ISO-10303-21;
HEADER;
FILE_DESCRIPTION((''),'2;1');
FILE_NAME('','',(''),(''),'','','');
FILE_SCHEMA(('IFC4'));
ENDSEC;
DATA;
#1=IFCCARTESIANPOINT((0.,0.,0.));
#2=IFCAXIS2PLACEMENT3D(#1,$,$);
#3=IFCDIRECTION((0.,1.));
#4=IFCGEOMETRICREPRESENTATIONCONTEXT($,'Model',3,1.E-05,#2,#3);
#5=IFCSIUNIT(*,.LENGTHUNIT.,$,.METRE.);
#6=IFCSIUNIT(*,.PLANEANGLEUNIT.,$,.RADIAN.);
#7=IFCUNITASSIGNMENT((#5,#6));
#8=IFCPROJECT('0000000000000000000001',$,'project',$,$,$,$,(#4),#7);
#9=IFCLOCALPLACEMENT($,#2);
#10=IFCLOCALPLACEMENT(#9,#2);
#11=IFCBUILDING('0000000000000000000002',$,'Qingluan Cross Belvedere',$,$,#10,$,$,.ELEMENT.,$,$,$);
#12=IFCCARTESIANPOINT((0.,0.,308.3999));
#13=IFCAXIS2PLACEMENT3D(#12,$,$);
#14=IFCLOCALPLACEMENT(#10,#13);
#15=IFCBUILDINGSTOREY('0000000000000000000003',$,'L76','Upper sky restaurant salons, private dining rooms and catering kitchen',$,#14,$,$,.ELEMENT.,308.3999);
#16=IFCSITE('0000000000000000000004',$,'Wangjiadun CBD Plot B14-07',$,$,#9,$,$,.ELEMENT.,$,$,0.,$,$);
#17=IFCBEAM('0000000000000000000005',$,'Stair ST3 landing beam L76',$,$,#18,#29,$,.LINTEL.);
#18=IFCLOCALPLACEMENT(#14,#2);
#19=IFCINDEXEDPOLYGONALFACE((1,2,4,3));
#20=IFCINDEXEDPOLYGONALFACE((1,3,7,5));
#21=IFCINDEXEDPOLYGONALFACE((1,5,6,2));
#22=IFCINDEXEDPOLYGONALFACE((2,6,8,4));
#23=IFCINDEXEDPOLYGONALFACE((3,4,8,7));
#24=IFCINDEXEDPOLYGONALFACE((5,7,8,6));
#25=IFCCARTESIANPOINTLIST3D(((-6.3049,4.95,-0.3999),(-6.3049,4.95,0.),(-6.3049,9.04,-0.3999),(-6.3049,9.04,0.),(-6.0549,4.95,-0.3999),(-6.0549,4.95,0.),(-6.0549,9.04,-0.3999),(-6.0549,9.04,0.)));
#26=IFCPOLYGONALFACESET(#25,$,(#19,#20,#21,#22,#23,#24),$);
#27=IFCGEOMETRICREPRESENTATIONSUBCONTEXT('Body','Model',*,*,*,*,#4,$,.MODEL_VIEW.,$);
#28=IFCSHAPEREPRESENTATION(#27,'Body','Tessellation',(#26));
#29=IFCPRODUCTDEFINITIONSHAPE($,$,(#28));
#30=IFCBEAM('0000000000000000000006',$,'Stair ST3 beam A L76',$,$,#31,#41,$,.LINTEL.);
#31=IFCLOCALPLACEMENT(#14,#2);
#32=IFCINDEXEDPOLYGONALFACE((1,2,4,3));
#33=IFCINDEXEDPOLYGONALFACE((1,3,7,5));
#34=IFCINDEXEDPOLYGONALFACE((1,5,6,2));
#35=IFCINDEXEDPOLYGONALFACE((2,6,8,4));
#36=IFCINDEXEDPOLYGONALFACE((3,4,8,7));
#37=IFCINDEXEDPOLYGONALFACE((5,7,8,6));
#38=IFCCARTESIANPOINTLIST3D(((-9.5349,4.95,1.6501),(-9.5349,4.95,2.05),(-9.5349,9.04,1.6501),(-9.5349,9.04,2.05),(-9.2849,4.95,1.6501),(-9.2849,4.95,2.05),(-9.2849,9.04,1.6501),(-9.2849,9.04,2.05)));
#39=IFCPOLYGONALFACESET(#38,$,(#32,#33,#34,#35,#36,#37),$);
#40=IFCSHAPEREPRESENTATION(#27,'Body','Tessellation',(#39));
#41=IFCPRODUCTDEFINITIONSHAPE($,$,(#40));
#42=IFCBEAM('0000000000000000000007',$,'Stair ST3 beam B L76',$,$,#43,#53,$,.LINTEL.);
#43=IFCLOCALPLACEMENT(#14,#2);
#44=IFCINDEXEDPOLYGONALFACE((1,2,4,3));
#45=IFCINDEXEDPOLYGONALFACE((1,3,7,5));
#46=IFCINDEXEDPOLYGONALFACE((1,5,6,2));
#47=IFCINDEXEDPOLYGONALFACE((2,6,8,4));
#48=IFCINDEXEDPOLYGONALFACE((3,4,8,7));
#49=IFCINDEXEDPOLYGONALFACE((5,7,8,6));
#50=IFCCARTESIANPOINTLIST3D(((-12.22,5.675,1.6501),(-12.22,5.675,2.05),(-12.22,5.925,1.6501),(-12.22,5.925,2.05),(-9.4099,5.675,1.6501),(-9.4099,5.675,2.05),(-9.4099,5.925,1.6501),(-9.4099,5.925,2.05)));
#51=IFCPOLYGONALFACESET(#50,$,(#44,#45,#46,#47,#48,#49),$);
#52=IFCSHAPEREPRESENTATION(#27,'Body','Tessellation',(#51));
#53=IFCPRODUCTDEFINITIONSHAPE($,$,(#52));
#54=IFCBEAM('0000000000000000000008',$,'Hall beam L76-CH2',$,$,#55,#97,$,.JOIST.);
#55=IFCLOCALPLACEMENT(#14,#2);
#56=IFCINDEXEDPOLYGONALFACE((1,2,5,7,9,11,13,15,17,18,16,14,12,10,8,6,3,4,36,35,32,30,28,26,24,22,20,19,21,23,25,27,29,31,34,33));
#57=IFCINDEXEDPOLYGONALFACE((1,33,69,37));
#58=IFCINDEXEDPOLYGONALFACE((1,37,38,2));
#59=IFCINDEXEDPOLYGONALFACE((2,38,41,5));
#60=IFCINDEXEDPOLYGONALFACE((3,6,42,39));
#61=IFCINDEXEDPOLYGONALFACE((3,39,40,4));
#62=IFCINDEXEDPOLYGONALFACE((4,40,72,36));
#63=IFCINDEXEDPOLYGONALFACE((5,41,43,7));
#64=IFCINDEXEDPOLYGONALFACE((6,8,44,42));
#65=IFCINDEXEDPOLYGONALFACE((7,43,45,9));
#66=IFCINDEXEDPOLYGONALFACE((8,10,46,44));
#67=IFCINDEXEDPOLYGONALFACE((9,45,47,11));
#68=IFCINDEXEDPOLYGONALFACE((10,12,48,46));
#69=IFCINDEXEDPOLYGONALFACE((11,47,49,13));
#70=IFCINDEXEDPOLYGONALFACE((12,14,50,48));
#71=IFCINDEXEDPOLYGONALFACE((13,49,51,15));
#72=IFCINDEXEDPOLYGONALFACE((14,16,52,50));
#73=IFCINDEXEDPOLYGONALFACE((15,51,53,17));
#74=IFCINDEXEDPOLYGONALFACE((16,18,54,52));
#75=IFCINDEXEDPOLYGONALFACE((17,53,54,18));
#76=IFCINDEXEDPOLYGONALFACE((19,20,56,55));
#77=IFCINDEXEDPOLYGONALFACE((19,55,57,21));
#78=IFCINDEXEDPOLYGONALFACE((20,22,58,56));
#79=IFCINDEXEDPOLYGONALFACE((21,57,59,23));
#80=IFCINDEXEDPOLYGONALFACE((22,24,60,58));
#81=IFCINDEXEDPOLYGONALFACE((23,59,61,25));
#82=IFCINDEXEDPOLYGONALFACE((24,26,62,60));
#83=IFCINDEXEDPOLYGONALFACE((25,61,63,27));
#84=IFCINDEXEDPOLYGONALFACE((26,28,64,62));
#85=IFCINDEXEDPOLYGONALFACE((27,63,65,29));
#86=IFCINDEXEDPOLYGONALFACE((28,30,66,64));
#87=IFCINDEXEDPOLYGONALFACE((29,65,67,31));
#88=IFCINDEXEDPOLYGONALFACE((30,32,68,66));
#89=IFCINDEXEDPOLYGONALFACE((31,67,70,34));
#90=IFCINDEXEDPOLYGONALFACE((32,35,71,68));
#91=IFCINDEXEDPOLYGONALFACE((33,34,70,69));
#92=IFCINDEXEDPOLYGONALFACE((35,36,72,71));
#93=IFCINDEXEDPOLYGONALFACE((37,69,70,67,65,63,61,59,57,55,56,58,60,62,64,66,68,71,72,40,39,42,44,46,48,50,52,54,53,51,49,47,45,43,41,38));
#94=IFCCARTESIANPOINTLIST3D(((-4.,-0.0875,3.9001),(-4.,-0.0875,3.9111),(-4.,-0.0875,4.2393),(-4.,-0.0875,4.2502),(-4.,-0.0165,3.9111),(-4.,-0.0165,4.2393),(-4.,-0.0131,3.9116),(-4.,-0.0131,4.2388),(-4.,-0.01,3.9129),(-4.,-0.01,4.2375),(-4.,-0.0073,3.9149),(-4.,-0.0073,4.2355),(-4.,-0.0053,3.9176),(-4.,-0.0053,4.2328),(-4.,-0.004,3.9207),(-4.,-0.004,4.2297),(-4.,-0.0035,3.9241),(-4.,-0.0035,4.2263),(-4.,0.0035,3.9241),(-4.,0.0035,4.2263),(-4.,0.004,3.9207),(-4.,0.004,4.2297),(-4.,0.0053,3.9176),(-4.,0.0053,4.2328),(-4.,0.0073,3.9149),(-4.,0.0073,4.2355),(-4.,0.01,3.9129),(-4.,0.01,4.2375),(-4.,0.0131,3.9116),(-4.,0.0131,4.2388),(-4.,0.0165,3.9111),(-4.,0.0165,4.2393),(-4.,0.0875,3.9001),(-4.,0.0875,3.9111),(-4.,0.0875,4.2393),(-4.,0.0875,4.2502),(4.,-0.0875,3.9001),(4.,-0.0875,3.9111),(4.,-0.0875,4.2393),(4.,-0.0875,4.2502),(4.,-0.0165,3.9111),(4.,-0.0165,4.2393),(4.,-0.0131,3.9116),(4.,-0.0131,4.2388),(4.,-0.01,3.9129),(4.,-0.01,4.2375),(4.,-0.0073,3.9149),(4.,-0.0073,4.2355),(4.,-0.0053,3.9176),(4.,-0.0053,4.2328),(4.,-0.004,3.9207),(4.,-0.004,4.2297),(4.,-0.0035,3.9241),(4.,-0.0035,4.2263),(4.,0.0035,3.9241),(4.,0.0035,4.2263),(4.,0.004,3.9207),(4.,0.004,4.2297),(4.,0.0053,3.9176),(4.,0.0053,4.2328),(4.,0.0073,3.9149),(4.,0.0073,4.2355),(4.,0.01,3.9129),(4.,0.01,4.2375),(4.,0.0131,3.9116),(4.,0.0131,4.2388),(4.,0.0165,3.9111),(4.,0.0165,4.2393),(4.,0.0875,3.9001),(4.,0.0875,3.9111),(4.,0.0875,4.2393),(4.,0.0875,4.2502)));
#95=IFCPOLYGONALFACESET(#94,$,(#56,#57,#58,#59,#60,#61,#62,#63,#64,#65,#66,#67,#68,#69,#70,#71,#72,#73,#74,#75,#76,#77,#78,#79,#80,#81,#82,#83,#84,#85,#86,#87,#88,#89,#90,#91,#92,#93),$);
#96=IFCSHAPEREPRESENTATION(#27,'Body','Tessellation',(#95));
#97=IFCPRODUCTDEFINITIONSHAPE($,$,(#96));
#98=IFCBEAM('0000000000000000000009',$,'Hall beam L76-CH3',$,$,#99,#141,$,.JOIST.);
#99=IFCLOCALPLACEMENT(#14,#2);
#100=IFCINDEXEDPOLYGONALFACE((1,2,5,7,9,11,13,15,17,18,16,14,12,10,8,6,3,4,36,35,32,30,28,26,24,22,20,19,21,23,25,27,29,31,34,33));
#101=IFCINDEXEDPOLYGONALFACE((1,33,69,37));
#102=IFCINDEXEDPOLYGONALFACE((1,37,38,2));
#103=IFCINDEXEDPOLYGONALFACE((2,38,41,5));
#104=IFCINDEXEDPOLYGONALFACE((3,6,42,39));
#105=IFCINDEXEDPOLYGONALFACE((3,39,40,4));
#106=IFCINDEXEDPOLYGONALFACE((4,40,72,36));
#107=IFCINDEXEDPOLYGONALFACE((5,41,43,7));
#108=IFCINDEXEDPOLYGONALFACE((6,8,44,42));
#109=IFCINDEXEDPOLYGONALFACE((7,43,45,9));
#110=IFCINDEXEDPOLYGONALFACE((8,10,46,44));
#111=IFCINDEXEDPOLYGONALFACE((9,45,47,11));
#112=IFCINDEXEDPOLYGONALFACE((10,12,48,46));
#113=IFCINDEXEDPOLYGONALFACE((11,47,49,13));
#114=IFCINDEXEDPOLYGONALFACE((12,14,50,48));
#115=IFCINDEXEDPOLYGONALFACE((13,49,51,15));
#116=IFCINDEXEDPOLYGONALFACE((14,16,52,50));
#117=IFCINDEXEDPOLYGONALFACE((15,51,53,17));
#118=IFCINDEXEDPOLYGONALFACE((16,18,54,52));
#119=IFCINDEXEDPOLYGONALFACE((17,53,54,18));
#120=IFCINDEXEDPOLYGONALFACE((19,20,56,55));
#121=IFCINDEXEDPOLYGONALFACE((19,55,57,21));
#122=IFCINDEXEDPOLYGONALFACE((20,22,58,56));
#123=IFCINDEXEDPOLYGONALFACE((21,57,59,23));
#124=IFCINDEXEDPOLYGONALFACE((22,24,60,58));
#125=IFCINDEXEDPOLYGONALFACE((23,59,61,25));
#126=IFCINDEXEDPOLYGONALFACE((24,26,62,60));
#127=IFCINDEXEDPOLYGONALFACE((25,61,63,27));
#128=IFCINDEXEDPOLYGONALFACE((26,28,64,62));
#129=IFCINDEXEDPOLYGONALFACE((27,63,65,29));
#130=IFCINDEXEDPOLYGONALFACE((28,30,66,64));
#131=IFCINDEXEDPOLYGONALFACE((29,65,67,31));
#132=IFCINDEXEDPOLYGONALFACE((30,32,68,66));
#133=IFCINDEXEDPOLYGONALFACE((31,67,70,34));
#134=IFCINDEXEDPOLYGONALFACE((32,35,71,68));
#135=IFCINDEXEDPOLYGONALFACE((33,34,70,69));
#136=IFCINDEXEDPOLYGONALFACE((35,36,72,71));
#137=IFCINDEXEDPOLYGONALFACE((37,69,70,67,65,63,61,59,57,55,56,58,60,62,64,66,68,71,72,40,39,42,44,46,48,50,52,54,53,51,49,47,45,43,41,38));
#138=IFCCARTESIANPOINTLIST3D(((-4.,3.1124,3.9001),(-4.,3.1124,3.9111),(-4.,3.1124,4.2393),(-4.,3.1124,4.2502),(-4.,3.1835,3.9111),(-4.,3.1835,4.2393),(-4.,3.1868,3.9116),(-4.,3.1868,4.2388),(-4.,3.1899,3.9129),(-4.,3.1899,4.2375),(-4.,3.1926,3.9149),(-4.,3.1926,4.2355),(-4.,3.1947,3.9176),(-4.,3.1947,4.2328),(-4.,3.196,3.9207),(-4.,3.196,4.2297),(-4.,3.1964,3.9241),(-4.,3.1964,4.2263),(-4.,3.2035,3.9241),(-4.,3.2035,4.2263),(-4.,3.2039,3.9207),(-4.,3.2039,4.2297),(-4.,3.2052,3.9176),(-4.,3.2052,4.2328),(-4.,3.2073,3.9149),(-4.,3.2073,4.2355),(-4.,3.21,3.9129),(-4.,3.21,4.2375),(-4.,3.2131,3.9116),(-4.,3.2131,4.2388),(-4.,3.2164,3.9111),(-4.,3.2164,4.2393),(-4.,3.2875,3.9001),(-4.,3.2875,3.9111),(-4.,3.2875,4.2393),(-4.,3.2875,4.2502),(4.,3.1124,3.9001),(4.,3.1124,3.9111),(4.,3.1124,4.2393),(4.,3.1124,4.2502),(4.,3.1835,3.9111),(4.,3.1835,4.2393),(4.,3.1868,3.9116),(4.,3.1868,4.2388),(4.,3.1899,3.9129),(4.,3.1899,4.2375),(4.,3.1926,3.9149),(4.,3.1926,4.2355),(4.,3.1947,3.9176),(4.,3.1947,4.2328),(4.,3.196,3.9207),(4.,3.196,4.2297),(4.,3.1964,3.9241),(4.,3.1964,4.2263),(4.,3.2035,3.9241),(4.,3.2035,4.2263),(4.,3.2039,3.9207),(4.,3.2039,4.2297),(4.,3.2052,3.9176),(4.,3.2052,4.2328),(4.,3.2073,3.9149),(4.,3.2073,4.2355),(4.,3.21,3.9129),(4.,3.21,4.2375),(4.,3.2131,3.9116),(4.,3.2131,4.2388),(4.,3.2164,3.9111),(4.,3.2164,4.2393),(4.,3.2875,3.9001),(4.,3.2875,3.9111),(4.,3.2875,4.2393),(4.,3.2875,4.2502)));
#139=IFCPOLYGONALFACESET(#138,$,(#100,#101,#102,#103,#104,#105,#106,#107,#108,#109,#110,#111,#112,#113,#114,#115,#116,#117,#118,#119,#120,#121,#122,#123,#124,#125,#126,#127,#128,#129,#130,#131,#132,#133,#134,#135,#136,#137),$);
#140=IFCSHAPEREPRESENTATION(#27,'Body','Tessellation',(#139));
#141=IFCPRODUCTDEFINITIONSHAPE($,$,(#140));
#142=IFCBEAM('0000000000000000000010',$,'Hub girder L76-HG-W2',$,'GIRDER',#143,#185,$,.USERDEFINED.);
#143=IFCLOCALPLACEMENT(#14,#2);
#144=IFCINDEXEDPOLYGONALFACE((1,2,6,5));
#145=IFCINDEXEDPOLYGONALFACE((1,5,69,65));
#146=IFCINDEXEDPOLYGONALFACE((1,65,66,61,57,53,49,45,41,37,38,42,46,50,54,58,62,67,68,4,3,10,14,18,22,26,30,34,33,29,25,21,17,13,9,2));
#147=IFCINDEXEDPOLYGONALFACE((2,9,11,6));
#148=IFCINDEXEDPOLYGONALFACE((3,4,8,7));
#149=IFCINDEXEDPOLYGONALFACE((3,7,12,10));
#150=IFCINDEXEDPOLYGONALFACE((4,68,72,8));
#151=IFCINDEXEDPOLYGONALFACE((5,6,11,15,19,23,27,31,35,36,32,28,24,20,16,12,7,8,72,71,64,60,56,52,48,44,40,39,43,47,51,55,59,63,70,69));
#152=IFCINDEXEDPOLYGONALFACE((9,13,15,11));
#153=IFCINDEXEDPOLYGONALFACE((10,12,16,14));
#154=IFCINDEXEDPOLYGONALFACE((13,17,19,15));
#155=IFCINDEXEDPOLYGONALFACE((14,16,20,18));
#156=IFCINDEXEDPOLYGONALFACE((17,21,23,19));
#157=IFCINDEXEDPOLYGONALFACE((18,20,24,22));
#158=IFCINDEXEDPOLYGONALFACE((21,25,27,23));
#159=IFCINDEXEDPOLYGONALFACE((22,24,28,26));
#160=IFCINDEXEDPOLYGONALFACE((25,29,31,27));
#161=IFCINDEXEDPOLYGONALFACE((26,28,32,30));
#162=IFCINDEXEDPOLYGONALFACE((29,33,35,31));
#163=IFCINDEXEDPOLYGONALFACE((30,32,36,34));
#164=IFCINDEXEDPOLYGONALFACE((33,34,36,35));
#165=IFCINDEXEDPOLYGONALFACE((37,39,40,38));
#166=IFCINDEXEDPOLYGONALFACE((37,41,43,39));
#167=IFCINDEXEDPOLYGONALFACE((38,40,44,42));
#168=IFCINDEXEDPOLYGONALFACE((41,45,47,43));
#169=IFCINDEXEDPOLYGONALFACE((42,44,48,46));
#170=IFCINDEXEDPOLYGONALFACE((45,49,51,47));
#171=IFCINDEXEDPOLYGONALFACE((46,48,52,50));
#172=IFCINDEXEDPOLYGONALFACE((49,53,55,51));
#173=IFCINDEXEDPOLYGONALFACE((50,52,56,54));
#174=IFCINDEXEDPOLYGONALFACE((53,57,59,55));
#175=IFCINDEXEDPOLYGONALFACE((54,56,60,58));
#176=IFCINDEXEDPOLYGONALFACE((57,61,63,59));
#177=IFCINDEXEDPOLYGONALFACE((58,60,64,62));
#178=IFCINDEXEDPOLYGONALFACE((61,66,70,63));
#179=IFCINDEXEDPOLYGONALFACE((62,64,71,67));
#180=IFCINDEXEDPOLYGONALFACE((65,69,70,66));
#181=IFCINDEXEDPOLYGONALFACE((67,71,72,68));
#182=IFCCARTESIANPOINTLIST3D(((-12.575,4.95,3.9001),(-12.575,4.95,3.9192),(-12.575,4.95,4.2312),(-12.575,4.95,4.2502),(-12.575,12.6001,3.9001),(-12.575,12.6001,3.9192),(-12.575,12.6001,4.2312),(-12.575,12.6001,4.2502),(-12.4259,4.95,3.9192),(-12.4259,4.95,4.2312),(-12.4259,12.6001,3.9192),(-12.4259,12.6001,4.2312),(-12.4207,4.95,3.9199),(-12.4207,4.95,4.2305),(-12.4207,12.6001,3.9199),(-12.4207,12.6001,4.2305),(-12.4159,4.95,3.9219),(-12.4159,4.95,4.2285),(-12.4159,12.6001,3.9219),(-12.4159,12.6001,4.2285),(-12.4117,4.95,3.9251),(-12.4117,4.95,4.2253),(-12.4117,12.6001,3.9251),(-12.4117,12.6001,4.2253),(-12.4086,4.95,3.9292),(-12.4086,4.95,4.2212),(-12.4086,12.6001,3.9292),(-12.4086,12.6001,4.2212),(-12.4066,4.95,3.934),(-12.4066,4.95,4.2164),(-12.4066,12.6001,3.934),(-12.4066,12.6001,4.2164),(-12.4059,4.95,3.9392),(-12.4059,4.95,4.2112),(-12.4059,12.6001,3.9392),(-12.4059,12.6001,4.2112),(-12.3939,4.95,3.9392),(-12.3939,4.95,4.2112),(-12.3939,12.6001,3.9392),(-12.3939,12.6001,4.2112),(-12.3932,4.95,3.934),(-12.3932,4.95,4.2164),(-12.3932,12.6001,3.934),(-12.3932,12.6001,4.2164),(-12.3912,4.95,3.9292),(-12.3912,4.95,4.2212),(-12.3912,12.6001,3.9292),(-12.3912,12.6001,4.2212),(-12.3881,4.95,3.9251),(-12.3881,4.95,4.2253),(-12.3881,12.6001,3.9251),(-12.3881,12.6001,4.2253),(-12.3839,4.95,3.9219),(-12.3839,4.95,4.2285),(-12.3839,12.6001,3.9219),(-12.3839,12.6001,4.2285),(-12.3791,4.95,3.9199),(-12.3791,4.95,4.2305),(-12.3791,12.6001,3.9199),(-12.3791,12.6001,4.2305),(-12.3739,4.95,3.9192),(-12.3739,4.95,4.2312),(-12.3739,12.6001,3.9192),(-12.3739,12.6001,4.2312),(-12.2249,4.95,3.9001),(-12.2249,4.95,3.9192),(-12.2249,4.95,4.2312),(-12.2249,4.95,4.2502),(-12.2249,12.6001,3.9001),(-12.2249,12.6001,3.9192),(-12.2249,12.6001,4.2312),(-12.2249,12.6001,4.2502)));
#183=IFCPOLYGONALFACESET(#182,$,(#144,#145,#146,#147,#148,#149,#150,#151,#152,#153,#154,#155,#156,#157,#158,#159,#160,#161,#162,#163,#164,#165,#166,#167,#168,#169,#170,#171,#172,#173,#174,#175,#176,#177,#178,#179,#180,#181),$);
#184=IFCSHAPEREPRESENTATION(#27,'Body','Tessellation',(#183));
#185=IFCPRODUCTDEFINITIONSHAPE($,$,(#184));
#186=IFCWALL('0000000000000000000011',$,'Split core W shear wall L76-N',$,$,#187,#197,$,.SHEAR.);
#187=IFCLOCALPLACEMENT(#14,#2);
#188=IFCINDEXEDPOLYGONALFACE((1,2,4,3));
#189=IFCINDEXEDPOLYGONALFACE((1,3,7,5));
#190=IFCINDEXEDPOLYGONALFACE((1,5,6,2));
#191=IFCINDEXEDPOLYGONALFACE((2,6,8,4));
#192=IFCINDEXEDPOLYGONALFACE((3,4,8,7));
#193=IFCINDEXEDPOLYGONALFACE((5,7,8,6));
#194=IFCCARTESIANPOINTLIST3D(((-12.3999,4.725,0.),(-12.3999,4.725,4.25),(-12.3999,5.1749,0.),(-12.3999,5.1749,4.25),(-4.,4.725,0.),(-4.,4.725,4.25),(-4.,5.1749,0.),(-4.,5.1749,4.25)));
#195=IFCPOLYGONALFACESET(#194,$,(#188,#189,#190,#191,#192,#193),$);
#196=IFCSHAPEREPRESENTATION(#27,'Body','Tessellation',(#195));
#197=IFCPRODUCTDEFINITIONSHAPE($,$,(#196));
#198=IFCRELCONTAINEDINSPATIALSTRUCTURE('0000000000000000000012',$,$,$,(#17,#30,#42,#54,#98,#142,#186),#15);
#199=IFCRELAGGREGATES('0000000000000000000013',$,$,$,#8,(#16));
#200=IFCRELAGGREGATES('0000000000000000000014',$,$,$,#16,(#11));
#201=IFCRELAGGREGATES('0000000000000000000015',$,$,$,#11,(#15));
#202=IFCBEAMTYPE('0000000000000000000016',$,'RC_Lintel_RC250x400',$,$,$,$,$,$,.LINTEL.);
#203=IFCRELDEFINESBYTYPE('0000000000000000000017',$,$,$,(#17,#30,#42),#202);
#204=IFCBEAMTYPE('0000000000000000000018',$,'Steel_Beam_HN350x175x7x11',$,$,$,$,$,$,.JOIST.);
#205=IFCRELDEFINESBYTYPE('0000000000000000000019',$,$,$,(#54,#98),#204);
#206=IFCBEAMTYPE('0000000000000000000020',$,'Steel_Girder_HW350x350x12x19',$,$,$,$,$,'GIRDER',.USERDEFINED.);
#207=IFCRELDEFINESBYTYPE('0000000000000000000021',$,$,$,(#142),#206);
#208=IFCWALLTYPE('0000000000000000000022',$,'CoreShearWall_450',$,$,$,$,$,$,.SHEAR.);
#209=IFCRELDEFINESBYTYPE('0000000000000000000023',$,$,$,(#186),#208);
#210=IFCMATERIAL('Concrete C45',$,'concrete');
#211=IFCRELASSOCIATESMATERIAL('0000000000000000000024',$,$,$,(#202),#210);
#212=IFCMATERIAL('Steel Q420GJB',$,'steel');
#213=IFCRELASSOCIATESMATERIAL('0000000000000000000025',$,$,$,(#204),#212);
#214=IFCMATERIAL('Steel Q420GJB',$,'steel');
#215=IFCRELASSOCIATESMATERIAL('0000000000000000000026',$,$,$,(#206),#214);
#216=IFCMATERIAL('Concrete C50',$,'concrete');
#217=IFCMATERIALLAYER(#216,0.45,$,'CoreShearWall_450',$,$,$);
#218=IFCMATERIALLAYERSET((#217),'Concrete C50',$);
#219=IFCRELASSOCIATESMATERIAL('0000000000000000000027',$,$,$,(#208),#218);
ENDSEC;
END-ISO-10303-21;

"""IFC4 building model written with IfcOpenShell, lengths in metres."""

from ifc_helpers import new_model, si_unit, direction, frame, frame_2d, origin, origin_2d, place, context, subcontext, project, spatial, rectangle, i_section, extrude, material, layer, layer_set, material_profile, profile_set, type_object, element, save


model = new_model("IFC4")

# Units and contexts
model_context = context("Model", 3, precision=1e-05, world=origin(), true_north=direction((0.0, 1.0)))
body_context = subcontext(model_context, "Body", "Model", "MODEL_VIEW")
ifc_project = project(units=[si_unit("LENGTHUNIT", "METRE"), si_unit("PLANEANGLEUNIT", "RADIAN")], contexts=[model_context])

# Site, building, storey
site_placement = place(None, origin())
site = spatial("IfcSite", under=ifc_project, at=site_placement, Name="Wangjiadun CBD Plot B14-07", CompositionType="ELEMENT", RefElevation=0.0)
building_placement = place(site_placement, origin())
building = spatial("IfcBuilding", under=site, at=building_placement, Name="Qingluan Cross Belvedere", CompositionType="ELEMENT")
storey_placement = place(building_placement, frame((0.0, 0.0, 308.3999)))
storey = spatial("IfcBuildingStorey", under=building, at=storey_placement, Name="L76", Description="Upper sky restaurant salons, private dining rooms and catering kitchen", CompositionType="ELEMENT", Elevation=308.3999)

# Beams
ifc_material_1 = material(Name="Concrete C45", Category="concrete")
ifc_material_profile_1 = material_profile(ifc_material_1, rectangle(XDim=0.25, YDim=0.3999, at=origin_2d()), Name="RC250x400")
ifc_profile_set_1 = profile_set([ifc_material_profile_1], Name="Concrete C45")
beam_type_1 = type_object("IfcBeamType", Name="RC_Lintel_RC250x400", PredefinedType="LINTEL", material=ifc_profile_set_1)
for number, where, z_axis, x_axis, name in (
    (1, (-6.1799, 4.95, -0.2), (0.0, 1.0, 0.0), (-1.0, 0.0, 0.0), "Stair ST3 landing beam L76"),
    (2, (-9.4099, 4.95, 1.8501), (0.0, 1.0, 0.0), (-1.0, 0.0, 0.0), "Stair ST3 beam A L76"),
):
    element("IfcBeam", number, at=place(storey_placement, frame(where, z_axis=z_axis, x_axis=x_axis)), inside=storey, type_object=beam_type_1, Name=name, PredefinedType="LINTEL", context=body_context, shape_type="SweptSolid", body=[
        extrude(rectangle(XDim=0.25, YDim=0.3999, at=origin_2d()), origin(), (0.0, 0.0, 1.0), 4.0901),
    ])
beam_1_placement = place(storey_placement, frame((-12.22, 5.8, 1.8501), z_axis=(1.0, 0.0, 0.0), x_axis=(0.0, 1.0, 0.0)))
element("IfcBeam", 3, at=beam_1_placement, inside=storey, type_object=beam_type_1, Name="Stair ST3 beam B L76", PredefinedType="LINTEL", context=body_context, shape_type="SweptSolid", body=[
    extrude(rectangle(XDim=0.25, YDim=0.3999, at=origin_2d()), origin(), (0.0, 0.0, 1.0), 2.8101),
])
ifc_material_2 = material(Name="Steel Q420GJB", Category="steel")
ifc_material_profile_2 = material_profile(ifc_material_2, i_section(OverallWidth=0.175, OverallDepth=0.3501, WebThickness=0.0071, FlangeThickness=0.011, FilletRadius=0.0129, at=origin_2d()), Name="HN350x175x7x11")
ifc_profile_set_2 = profile_set([ifc_material_profile_2], Name="Steel Q420GJB")
beam_type_2 = type_object("IfcBeamType", Name="Steel_Beam_HN350x175x7x11", PredefinedType="JOIST", material=ifc_profile_set_2)
for number, where, z_axis, x_axis, name in (
    (4, (-4.0, 0.0, 4.0752), (1.0, 0.0, 0.0), (0.0, 1.0, 0.0), "Hall beam L76-CH2"),
    (5, (-4.0, 3.2, 4.0752), (1.0, 0.0, 0.0), (0.0, 1.0, 0.0), "Hall beam L76-CH3"),
):
    element("IfcBeam", number, at=place(storey_placement, frame(where, z_axis=z_axis, x_axis=x_axis)), inside=storey, type_object=beam_type_2, Name=name, PredefinedType="JOIST", context=body_context, shape_type="SweptSolid", body=[
        extrude(i_section(OverallWidth=0.175, OverallDepth=0.3501, WebThickness=0.0071, FlangeThickness=0.011, FilletRadius=0.0129, at=origin_2d()), origin(), (0.0, 0.0, 1.0), 8.0),
    ])
ifc_material_3 = material(Name="Steel Q420GJB", Category="steel")
ifc_material_profile_3 = material_profile(ifc_material_3, i_section(OverallWidth=0.3501, OverallDepth=0.3501, WebThickness=0.012, FlangeThickness=0.019, FilletRadius=0.02, at=origin_2d()), Name="HW350x350x12x19")
ifc_profile_set_3 = profile_set([ifc_material_profile_3], Name="Steel Q420GJB")
beam_type_3 = type_object("IfcBeamType", Name="Steel_Girder_HW350x350x12x19", ElementType="GIRDER", PredefinedType="USERDEFINED", material=ifc_profile_set_3)
beam_2_placement = place(storey_placement, frame((-12.3999, 4.95, 4.0752), z_axis=(0.0, 1.0, 0.0), x_axis=(-1.0, 0.0, 0.0)))
element("IfcBeam", 6, at=beam_2_placement, inside=storey, type_object=beam_type_3, Name="Hub girder L76-HG-W2", ObjectType="GIRDER", PredefinedType="USERDEFINED", context=body_context, shape_type="SweptSolid", body=[
    extrude(i_section(OverallWidth=0.3501, OverallDepth=0.3501, WebThickness=0.012, FlangeThickness=0.019, FilletRadius=0.02, at=origin_2d()), origin(), (0.0, 0.0, 1.0), 7.6501),
])

# Wall
ifc_material_4 = material(Name="Concrete C50", Category="concrete")
ifc_layer_1 = layer(ifc_material_4, 0.45, Name="CoreShearWall_450")
ifc_layer_set_1 = layer_set([ifc_layer_1], Name="Concrete C50")
wall_type_1 = type_object("IfcWallType", Name="CoreShearWall_450", PredefinedType="SHEAR", material=ifc_layer_set_1)
wall_1_placement = place(storey_placement, frame((-12.3999, 4.95, 0.0), z_axis=(0.0, 0.0, 1.0), x_axis=(1.0, 0.0, 0.0)))
element("IfcWall", 7, at=wall_1_placement, inside=storey, type_object=wall_type_1, Name="Split core W shear wall L76-N", PredefinedType="SHEAR", context=body_context, shape_type="SweptSolid", body=[
    extrude(rectangle(XDim=8.3999, YDim=0.45, at=frame_2d((4.2, 0.0))), origin(), (0.0, 0.0, 1.0), 4.25),
])

save(model, "model.ifc")
